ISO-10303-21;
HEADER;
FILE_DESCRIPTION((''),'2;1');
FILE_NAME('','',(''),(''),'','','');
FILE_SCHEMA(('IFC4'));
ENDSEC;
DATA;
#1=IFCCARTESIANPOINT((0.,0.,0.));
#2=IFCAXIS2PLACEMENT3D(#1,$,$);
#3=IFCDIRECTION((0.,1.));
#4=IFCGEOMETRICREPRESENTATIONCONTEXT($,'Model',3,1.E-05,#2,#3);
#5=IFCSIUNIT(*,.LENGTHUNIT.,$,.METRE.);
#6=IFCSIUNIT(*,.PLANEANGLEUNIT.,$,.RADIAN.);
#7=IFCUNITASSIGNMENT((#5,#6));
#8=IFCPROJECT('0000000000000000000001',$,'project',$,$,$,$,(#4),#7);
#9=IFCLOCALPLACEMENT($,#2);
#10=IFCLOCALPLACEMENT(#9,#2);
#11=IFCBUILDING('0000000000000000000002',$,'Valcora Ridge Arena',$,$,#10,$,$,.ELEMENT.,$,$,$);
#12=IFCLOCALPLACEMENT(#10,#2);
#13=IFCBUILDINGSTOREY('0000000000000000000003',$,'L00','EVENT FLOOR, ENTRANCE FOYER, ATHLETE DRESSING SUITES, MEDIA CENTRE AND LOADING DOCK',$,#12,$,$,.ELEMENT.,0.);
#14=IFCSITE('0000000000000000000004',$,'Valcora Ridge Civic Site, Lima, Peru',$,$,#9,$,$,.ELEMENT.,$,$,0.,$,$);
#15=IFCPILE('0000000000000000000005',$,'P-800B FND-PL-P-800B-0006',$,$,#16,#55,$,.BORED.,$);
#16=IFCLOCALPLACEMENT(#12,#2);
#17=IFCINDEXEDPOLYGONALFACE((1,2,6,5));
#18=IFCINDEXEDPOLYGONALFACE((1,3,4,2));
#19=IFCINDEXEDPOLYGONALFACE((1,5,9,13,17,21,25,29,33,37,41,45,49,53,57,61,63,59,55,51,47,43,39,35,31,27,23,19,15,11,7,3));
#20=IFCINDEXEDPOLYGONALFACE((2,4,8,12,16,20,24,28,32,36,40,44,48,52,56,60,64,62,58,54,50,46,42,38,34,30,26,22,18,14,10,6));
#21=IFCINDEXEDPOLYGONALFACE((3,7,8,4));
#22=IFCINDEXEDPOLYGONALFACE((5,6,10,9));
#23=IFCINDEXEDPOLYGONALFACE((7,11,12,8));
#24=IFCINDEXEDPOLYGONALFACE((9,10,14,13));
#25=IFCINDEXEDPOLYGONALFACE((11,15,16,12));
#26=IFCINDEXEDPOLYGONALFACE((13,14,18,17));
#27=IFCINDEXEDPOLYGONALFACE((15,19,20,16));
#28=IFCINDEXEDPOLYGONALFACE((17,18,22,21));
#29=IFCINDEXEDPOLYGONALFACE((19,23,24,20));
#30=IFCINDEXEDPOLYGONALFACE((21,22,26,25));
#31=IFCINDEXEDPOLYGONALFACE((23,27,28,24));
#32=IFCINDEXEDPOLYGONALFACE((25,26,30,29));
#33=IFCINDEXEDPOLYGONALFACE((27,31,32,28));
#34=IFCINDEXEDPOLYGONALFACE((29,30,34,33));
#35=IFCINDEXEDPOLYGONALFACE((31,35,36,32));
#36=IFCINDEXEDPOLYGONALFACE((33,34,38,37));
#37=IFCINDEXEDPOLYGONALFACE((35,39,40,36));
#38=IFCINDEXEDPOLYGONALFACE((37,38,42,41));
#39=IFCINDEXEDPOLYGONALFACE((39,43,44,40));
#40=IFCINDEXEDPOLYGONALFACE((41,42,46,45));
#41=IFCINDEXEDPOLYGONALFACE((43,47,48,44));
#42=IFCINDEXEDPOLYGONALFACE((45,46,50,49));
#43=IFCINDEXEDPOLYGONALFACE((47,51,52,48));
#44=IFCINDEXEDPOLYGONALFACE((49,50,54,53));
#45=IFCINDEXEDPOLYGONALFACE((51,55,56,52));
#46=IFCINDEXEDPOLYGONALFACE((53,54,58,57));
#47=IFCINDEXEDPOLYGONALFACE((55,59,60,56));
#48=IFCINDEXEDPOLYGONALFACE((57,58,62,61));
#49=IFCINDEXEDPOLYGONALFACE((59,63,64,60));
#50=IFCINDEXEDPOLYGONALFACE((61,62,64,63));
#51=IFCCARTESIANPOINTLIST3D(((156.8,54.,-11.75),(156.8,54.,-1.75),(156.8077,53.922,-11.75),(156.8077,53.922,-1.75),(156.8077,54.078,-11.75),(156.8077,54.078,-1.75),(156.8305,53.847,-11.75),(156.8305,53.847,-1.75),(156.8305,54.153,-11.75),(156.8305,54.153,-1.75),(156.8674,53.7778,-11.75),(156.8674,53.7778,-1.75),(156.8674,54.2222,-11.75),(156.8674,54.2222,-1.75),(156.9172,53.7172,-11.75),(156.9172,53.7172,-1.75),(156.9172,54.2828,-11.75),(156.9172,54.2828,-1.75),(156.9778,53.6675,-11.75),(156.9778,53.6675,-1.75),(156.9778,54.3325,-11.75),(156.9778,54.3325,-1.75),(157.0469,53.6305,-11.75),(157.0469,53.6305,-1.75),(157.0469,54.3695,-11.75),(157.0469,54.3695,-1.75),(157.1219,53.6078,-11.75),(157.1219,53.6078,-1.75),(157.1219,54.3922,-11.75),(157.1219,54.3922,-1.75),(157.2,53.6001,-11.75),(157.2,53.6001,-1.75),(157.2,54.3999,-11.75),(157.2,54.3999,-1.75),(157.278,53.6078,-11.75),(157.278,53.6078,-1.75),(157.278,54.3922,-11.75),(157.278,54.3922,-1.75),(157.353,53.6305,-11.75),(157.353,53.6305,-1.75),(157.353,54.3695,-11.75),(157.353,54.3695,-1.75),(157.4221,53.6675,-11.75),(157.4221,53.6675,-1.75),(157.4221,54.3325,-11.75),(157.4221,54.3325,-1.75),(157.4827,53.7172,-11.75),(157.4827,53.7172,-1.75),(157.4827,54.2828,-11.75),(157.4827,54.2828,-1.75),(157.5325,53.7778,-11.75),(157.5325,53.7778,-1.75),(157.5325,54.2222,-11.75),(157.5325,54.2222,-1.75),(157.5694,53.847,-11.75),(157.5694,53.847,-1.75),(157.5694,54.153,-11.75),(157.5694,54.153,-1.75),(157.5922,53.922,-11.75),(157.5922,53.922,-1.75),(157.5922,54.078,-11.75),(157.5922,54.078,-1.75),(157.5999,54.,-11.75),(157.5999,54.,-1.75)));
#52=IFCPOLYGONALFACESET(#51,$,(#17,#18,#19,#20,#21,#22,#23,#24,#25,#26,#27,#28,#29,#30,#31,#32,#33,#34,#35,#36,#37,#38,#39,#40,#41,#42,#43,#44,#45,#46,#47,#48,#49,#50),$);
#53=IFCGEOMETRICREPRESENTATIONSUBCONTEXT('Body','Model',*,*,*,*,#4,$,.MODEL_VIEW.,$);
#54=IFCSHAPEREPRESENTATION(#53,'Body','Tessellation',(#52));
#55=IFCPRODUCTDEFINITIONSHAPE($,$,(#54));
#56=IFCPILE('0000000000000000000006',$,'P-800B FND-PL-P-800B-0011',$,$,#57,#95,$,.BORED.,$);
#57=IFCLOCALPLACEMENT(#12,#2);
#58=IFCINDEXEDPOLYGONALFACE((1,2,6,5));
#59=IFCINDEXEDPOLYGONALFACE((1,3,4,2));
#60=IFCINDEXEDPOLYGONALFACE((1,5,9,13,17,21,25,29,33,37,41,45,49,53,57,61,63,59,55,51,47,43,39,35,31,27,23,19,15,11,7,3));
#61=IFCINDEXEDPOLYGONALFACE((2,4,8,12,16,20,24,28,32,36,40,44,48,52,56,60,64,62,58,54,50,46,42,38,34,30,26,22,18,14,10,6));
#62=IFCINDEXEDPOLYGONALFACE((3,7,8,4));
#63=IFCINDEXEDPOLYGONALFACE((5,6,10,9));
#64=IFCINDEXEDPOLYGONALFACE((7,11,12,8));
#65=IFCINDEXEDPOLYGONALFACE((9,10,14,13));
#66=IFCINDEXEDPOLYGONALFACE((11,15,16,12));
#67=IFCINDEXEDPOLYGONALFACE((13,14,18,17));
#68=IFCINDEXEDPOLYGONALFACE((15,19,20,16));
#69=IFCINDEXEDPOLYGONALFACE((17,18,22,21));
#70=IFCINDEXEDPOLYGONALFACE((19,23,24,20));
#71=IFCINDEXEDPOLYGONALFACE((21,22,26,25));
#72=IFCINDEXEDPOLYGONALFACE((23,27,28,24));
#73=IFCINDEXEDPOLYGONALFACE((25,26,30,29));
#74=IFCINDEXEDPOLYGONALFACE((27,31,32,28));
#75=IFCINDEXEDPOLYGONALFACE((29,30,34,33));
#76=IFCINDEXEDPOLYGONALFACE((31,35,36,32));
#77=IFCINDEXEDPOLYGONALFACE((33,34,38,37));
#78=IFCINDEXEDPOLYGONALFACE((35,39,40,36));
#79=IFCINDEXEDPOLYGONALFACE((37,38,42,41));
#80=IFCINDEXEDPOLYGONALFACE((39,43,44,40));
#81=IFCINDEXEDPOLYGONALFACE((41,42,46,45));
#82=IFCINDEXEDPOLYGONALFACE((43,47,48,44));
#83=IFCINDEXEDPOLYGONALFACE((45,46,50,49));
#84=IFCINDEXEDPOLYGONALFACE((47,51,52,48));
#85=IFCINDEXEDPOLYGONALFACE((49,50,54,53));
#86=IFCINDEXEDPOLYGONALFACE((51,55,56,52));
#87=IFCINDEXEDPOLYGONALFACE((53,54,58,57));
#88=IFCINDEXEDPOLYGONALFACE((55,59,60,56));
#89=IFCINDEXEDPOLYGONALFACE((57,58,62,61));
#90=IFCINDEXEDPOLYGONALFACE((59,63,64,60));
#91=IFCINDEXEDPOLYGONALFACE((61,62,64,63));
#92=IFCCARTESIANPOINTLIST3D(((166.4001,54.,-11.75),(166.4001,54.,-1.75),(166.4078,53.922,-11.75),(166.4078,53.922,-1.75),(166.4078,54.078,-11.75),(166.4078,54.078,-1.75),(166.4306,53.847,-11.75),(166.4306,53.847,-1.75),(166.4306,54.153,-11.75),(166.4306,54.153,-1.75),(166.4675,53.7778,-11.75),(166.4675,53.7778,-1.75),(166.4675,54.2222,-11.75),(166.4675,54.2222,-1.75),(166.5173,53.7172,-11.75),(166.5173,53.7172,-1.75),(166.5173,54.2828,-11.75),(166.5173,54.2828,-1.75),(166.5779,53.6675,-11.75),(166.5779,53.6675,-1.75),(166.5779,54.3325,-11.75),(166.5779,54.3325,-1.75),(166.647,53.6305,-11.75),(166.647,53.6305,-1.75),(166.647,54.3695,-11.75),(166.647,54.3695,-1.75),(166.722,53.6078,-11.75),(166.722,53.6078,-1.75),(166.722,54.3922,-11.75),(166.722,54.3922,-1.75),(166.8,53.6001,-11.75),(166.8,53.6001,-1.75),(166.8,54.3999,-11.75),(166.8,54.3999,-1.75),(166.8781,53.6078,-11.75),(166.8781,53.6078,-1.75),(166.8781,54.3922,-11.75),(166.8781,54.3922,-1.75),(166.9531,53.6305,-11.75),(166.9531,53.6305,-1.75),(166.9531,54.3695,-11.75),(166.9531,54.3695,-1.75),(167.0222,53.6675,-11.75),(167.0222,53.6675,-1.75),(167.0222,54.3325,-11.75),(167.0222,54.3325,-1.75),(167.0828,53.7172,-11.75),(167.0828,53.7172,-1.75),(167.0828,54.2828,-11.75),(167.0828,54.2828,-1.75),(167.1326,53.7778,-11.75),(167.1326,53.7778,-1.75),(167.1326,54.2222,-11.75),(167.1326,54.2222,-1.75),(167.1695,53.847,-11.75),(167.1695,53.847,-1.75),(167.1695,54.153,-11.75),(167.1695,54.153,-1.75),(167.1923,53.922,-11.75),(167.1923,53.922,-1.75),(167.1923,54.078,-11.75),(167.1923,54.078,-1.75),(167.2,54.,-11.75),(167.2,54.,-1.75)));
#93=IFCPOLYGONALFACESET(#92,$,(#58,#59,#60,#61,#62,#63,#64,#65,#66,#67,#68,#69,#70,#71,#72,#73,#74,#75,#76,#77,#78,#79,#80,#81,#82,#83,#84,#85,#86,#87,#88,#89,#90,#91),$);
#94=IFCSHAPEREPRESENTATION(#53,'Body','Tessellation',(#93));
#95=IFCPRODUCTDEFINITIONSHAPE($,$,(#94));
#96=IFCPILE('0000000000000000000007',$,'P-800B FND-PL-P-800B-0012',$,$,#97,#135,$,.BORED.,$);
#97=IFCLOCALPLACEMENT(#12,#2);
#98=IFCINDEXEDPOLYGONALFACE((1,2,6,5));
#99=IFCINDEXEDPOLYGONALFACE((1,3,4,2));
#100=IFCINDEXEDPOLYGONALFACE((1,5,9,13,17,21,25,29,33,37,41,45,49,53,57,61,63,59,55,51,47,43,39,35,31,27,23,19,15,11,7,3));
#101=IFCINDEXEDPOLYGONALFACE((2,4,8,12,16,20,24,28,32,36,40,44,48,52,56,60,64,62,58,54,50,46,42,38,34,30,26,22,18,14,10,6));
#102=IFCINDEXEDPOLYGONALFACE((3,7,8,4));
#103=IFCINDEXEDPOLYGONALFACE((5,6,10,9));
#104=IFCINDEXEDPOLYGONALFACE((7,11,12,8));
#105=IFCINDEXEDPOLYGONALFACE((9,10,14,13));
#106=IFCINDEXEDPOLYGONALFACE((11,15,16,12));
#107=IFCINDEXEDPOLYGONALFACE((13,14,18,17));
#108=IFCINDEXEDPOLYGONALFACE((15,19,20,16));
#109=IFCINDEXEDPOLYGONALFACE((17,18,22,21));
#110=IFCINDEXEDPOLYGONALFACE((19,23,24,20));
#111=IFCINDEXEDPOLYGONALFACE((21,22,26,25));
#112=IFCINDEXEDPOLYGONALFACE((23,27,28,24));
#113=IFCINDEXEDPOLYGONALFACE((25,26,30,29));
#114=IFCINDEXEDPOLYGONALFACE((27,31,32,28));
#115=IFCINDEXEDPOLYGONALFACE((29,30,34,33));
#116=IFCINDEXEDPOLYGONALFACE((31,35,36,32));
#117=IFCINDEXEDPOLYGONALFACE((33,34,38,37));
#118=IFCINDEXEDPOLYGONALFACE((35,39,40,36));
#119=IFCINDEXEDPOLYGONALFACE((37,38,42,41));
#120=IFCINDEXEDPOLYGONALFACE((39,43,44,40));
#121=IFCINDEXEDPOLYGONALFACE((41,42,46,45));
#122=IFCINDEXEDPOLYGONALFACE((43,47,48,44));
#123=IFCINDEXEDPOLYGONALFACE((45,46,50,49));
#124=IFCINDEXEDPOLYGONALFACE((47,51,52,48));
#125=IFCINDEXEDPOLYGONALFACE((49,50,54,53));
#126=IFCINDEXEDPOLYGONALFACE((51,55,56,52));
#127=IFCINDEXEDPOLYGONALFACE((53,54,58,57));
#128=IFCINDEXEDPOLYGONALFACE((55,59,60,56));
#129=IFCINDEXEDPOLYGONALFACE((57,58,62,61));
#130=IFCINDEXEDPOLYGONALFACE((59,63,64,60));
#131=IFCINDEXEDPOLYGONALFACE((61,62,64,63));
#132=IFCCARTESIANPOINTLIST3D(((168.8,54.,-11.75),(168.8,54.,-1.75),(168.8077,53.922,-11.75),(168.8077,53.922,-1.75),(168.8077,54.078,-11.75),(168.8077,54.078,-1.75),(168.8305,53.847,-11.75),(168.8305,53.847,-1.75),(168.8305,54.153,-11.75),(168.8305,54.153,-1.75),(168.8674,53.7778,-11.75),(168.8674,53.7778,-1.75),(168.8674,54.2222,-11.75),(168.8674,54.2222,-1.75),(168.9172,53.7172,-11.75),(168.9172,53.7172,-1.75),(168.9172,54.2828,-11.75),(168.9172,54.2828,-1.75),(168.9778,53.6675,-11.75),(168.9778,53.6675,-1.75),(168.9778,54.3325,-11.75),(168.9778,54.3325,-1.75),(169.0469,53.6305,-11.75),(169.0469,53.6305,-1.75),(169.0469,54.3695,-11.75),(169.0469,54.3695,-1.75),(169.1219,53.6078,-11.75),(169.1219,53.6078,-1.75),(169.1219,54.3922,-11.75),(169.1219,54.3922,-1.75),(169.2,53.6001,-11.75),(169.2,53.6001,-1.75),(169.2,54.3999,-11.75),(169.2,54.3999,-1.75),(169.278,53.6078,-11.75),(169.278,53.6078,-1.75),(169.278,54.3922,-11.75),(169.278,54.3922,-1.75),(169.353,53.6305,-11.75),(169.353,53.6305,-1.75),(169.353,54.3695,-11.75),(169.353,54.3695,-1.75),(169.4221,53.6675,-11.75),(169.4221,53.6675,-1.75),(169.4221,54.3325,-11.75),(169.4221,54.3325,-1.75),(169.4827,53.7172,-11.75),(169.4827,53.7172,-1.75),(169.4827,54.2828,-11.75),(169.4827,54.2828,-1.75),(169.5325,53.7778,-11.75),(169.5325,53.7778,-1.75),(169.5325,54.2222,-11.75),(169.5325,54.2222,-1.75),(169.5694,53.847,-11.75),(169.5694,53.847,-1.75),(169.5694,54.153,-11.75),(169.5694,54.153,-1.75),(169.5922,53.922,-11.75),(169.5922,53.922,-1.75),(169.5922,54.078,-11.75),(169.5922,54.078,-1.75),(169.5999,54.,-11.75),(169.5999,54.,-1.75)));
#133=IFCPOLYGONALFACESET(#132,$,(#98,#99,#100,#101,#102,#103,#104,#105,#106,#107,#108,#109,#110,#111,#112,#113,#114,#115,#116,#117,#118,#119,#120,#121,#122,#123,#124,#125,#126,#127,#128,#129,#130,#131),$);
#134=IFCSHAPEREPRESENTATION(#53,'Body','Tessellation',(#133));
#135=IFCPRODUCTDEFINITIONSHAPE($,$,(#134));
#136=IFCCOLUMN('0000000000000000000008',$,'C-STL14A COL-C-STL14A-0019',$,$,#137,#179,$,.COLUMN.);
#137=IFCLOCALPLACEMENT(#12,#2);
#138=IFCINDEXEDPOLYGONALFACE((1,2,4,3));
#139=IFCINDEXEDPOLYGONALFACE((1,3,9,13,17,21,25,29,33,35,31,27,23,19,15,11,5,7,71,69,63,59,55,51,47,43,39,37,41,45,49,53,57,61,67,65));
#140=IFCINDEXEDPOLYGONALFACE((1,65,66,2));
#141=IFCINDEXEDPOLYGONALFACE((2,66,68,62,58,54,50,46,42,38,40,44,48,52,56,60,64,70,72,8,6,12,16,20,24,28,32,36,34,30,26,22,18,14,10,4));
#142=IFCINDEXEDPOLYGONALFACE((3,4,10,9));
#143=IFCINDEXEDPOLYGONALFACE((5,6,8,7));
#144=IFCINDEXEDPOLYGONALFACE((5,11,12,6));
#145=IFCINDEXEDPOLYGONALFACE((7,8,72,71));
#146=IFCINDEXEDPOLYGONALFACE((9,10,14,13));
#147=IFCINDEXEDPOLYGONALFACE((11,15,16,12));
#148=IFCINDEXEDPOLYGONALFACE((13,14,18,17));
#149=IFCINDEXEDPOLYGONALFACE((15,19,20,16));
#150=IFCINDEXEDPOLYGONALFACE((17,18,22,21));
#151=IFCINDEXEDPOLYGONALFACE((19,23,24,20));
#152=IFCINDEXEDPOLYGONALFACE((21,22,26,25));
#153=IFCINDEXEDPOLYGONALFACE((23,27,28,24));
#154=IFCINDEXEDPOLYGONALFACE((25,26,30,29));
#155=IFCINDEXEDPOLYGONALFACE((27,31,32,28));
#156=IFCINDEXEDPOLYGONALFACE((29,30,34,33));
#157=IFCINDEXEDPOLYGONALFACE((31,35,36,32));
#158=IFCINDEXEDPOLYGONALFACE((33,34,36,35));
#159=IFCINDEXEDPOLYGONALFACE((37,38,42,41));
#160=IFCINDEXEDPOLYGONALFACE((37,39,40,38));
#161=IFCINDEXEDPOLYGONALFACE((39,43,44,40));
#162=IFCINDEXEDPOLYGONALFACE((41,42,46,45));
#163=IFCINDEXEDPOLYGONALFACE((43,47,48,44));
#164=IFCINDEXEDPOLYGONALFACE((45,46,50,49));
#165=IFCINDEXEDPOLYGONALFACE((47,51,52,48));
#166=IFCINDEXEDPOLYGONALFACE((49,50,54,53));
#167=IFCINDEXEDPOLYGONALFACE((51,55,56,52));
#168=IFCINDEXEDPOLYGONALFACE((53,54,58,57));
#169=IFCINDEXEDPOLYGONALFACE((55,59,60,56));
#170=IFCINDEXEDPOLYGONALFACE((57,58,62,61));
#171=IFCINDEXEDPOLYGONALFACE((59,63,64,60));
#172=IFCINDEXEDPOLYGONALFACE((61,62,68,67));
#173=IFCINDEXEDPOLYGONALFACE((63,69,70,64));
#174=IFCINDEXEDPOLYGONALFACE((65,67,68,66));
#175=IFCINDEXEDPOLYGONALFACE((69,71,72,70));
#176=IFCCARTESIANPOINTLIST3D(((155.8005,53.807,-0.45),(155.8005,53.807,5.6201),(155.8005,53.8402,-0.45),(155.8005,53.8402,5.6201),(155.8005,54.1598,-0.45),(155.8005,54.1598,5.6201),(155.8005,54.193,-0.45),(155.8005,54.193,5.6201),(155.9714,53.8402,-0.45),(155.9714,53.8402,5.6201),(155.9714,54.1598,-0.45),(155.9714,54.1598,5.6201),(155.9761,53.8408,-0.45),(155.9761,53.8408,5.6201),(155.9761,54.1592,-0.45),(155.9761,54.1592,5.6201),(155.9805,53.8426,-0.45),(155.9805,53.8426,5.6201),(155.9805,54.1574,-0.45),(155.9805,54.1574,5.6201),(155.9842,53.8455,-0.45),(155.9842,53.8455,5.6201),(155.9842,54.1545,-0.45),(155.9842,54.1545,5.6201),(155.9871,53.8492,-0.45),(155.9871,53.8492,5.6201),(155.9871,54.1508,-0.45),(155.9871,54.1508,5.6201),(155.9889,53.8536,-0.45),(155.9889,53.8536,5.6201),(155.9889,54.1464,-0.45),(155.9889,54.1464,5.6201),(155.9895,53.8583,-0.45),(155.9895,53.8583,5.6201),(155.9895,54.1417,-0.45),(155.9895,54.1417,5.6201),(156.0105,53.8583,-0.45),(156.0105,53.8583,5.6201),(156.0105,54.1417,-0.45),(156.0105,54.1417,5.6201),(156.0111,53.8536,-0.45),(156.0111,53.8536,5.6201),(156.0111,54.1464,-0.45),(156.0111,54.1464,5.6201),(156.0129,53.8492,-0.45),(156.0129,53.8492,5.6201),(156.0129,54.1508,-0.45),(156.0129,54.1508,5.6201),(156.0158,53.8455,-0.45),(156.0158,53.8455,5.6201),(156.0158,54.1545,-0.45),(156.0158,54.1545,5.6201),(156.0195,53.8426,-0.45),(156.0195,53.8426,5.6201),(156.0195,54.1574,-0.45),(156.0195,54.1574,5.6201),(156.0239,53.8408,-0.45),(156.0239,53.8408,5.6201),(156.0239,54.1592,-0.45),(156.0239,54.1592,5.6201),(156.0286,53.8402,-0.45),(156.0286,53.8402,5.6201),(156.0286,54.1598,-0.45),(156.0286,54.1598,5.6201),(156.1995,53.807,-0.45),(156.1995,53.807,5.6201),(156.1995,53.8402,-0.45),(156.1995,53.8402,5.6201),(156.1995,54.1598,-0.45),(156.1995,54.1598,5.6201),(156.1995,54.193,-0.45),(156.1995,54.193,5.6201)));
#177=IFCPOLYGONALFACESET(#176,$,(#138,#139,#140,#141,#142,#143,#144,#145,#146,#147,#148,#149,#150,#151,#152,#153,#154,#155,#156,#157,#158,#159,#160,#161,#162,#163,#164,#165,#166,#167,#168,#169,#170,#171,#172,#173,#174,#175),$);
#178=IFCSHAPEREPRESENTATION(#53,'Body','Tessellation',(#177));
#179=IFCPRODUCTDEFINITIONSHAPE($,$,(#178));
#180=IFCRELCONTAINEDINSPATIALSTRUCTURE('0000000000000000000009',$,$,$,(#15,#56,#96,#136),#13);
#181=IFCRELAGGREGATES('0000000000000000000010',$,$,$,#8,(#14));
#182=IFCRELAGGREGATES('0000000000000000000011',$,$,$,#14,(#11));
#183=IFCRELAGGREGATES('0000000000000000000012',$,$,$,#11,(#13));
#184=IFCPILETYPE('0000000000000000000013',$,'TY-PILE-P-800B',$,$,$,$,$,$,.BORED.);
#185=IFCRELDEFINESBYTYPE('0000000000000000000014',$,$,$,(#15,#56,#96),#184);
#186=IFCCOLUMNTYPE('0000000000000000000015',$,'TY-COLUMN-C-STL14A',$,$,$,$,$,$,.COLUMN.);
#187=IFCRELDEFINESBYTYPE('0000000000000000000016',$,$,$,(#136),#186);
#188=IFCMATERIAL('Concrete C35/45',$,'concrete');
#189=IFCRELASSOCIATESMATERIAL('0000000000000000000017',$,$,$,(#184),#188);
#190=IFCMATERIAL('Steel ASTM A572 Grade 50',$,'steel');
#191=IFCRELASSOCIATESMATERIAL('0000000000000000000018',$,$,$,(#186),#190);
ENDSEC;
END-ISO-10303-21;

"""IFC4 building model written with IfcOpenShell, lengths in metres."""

from ifc_helpers import new_model, si_unit, direction, frame, origin, origin_2d, place, context, subcontext, project, spatial, circle, i_section, extrude, material, material_profile, profile_set, type_object, element, save


model = new_model("IFC4")

# Units and contexts
model_context = context("Model", 3, precision=1e-05, world=origin(), true_north=direction((0.0, 1.0)))
body_context = subcontext(model_context, "Body", "Model", "MODEL_VIEW")
ifc_project = project(units=[si_unit("LENGTHUNIT", "METRE"), si_unit("PLANEANGLEUNIT", "RADIAN")], contexts=[model_context])

# Site, building, storey
site_placement = place(None, origin())
site = spatial("IfcSite", under=ifc_project, at=site_placement, Name="Valcora Ridge Civic Site, Lima, Peru", CompositionType="ELEMENT", RefElevation=0.0)
building_placement = place(site_placement, origin())
building = spatial("IfcBuilding", under=site, at=building_placement, Name="Valcora Ridge Arena", CompositionType="ELEMENT")
storey_placement = place(building_placement, origin())
storey = spatial("IfcBuildingStorey", under=building, at=storey_placement, Name="L00", Description="EVENT FLOOR, ENTRANCE FOYER, ATHLETE DRESSING SUITES, MEDIA CENTRE AND LOADING DOCK", CompositionType="ELEMENT", Elevation=0.0)

# Piles
ifc_material_1 = material(Name="Concrete C35/45", Category="concrete")
ifc_material_profile_1 = material_profile(ifc_material_1, circle(Radius=0.3999, at=origin_2d()), Name="BORED PILE D800")
ifc_profile_set_1 = profile_set([ifc_material_profile_1], Name="Concrete C35/45")
pile_type_1 = type_object("IfcPileType", Name="TY-PILE-P-800B", PredefinedType="BORED", material=ifc_profile_set_1)
for number, where, z_axis, x_axis, name in (
    (1, (157.2, 54.0, -1.75), (0.0, 0.0, -1.0), (1.0, 0.0, 0.0), "P-800B FND-PL-P-800B-0006"),
    (2, (166.8, 54.0, -1.75), (0.0, 0.0, -1.0), (1.0, 0.0, 0.0), "P-800B FND-PL-P-800B-0011"),
    (3, (169.2, 54.0, -1.75), (0.0, 0.0, -1.0), (1.0, 0.0, 0.0), "P-800B FND-PL-P-800B-0012"),
):
    element("IfcPile", number, at=place(storey_placement, frame(where, z_axis=z_axis, x_axis=x_axis)), inside=storey, type_object=pile_type_1, Name=name, PredefinedType="BORED", context=body_context, shape_type="SweptSolid", body=[
        extrude(circle(Radius=0.3999, at=origin_2d()), origin(), (0.0, 0.0, 1.0), 10.0),
    ])

# Column
ifc_material_2 = material(Name="Steel ASTM A572 Grade 50", Category="steel")
ifc_material_profile_2 = material_profile(ifc_material_2, i_section(OverallWidth=0.3989, OverallDepth=0.386, WebThickness=0.021, FlangeThickness=0.0332, FilletRadius=0.0181, at=origin_2d()), Name="W14X176")
ifc_profile_set_2 = profile_set([ifc_material_profile_2], Name="Steel ASTM A572 Grade 50")
column_type = type_object("IfcColumnType", Name="TY-COLUMN-C-STL14A", PredefinedType="COLUMN", material=ifc_profile_set_2)
for number, where, z_axis, x_axis, name in (
    (4, (156.0, 54.0, -0.45), (0.0, 0.0, 1.0), (1.0, 0.0, 0.0), "C-STL14A COL-C-STL14A-0019"),
):
    element("IfcColumn", number, at=place(storey_placement, frame(where, z_axis=z_axis, x_axis=x_axis)), inside=storey, type_object=column_type, Name=name, PredefinedType="COLUMN", context=body_context, shape_type="SweptSolid", body=[
        extrude(i_section(OverallWidth=0.3989, OverallDepth=0.386, WebThickness=0.021, FlangeThickness=0.0332, FilletRadius=0.0181, at=origin_2d()), origin(), (0.0, 0.0, 1.0), 6.0701),
    ])

save(model, "model.ifc")
